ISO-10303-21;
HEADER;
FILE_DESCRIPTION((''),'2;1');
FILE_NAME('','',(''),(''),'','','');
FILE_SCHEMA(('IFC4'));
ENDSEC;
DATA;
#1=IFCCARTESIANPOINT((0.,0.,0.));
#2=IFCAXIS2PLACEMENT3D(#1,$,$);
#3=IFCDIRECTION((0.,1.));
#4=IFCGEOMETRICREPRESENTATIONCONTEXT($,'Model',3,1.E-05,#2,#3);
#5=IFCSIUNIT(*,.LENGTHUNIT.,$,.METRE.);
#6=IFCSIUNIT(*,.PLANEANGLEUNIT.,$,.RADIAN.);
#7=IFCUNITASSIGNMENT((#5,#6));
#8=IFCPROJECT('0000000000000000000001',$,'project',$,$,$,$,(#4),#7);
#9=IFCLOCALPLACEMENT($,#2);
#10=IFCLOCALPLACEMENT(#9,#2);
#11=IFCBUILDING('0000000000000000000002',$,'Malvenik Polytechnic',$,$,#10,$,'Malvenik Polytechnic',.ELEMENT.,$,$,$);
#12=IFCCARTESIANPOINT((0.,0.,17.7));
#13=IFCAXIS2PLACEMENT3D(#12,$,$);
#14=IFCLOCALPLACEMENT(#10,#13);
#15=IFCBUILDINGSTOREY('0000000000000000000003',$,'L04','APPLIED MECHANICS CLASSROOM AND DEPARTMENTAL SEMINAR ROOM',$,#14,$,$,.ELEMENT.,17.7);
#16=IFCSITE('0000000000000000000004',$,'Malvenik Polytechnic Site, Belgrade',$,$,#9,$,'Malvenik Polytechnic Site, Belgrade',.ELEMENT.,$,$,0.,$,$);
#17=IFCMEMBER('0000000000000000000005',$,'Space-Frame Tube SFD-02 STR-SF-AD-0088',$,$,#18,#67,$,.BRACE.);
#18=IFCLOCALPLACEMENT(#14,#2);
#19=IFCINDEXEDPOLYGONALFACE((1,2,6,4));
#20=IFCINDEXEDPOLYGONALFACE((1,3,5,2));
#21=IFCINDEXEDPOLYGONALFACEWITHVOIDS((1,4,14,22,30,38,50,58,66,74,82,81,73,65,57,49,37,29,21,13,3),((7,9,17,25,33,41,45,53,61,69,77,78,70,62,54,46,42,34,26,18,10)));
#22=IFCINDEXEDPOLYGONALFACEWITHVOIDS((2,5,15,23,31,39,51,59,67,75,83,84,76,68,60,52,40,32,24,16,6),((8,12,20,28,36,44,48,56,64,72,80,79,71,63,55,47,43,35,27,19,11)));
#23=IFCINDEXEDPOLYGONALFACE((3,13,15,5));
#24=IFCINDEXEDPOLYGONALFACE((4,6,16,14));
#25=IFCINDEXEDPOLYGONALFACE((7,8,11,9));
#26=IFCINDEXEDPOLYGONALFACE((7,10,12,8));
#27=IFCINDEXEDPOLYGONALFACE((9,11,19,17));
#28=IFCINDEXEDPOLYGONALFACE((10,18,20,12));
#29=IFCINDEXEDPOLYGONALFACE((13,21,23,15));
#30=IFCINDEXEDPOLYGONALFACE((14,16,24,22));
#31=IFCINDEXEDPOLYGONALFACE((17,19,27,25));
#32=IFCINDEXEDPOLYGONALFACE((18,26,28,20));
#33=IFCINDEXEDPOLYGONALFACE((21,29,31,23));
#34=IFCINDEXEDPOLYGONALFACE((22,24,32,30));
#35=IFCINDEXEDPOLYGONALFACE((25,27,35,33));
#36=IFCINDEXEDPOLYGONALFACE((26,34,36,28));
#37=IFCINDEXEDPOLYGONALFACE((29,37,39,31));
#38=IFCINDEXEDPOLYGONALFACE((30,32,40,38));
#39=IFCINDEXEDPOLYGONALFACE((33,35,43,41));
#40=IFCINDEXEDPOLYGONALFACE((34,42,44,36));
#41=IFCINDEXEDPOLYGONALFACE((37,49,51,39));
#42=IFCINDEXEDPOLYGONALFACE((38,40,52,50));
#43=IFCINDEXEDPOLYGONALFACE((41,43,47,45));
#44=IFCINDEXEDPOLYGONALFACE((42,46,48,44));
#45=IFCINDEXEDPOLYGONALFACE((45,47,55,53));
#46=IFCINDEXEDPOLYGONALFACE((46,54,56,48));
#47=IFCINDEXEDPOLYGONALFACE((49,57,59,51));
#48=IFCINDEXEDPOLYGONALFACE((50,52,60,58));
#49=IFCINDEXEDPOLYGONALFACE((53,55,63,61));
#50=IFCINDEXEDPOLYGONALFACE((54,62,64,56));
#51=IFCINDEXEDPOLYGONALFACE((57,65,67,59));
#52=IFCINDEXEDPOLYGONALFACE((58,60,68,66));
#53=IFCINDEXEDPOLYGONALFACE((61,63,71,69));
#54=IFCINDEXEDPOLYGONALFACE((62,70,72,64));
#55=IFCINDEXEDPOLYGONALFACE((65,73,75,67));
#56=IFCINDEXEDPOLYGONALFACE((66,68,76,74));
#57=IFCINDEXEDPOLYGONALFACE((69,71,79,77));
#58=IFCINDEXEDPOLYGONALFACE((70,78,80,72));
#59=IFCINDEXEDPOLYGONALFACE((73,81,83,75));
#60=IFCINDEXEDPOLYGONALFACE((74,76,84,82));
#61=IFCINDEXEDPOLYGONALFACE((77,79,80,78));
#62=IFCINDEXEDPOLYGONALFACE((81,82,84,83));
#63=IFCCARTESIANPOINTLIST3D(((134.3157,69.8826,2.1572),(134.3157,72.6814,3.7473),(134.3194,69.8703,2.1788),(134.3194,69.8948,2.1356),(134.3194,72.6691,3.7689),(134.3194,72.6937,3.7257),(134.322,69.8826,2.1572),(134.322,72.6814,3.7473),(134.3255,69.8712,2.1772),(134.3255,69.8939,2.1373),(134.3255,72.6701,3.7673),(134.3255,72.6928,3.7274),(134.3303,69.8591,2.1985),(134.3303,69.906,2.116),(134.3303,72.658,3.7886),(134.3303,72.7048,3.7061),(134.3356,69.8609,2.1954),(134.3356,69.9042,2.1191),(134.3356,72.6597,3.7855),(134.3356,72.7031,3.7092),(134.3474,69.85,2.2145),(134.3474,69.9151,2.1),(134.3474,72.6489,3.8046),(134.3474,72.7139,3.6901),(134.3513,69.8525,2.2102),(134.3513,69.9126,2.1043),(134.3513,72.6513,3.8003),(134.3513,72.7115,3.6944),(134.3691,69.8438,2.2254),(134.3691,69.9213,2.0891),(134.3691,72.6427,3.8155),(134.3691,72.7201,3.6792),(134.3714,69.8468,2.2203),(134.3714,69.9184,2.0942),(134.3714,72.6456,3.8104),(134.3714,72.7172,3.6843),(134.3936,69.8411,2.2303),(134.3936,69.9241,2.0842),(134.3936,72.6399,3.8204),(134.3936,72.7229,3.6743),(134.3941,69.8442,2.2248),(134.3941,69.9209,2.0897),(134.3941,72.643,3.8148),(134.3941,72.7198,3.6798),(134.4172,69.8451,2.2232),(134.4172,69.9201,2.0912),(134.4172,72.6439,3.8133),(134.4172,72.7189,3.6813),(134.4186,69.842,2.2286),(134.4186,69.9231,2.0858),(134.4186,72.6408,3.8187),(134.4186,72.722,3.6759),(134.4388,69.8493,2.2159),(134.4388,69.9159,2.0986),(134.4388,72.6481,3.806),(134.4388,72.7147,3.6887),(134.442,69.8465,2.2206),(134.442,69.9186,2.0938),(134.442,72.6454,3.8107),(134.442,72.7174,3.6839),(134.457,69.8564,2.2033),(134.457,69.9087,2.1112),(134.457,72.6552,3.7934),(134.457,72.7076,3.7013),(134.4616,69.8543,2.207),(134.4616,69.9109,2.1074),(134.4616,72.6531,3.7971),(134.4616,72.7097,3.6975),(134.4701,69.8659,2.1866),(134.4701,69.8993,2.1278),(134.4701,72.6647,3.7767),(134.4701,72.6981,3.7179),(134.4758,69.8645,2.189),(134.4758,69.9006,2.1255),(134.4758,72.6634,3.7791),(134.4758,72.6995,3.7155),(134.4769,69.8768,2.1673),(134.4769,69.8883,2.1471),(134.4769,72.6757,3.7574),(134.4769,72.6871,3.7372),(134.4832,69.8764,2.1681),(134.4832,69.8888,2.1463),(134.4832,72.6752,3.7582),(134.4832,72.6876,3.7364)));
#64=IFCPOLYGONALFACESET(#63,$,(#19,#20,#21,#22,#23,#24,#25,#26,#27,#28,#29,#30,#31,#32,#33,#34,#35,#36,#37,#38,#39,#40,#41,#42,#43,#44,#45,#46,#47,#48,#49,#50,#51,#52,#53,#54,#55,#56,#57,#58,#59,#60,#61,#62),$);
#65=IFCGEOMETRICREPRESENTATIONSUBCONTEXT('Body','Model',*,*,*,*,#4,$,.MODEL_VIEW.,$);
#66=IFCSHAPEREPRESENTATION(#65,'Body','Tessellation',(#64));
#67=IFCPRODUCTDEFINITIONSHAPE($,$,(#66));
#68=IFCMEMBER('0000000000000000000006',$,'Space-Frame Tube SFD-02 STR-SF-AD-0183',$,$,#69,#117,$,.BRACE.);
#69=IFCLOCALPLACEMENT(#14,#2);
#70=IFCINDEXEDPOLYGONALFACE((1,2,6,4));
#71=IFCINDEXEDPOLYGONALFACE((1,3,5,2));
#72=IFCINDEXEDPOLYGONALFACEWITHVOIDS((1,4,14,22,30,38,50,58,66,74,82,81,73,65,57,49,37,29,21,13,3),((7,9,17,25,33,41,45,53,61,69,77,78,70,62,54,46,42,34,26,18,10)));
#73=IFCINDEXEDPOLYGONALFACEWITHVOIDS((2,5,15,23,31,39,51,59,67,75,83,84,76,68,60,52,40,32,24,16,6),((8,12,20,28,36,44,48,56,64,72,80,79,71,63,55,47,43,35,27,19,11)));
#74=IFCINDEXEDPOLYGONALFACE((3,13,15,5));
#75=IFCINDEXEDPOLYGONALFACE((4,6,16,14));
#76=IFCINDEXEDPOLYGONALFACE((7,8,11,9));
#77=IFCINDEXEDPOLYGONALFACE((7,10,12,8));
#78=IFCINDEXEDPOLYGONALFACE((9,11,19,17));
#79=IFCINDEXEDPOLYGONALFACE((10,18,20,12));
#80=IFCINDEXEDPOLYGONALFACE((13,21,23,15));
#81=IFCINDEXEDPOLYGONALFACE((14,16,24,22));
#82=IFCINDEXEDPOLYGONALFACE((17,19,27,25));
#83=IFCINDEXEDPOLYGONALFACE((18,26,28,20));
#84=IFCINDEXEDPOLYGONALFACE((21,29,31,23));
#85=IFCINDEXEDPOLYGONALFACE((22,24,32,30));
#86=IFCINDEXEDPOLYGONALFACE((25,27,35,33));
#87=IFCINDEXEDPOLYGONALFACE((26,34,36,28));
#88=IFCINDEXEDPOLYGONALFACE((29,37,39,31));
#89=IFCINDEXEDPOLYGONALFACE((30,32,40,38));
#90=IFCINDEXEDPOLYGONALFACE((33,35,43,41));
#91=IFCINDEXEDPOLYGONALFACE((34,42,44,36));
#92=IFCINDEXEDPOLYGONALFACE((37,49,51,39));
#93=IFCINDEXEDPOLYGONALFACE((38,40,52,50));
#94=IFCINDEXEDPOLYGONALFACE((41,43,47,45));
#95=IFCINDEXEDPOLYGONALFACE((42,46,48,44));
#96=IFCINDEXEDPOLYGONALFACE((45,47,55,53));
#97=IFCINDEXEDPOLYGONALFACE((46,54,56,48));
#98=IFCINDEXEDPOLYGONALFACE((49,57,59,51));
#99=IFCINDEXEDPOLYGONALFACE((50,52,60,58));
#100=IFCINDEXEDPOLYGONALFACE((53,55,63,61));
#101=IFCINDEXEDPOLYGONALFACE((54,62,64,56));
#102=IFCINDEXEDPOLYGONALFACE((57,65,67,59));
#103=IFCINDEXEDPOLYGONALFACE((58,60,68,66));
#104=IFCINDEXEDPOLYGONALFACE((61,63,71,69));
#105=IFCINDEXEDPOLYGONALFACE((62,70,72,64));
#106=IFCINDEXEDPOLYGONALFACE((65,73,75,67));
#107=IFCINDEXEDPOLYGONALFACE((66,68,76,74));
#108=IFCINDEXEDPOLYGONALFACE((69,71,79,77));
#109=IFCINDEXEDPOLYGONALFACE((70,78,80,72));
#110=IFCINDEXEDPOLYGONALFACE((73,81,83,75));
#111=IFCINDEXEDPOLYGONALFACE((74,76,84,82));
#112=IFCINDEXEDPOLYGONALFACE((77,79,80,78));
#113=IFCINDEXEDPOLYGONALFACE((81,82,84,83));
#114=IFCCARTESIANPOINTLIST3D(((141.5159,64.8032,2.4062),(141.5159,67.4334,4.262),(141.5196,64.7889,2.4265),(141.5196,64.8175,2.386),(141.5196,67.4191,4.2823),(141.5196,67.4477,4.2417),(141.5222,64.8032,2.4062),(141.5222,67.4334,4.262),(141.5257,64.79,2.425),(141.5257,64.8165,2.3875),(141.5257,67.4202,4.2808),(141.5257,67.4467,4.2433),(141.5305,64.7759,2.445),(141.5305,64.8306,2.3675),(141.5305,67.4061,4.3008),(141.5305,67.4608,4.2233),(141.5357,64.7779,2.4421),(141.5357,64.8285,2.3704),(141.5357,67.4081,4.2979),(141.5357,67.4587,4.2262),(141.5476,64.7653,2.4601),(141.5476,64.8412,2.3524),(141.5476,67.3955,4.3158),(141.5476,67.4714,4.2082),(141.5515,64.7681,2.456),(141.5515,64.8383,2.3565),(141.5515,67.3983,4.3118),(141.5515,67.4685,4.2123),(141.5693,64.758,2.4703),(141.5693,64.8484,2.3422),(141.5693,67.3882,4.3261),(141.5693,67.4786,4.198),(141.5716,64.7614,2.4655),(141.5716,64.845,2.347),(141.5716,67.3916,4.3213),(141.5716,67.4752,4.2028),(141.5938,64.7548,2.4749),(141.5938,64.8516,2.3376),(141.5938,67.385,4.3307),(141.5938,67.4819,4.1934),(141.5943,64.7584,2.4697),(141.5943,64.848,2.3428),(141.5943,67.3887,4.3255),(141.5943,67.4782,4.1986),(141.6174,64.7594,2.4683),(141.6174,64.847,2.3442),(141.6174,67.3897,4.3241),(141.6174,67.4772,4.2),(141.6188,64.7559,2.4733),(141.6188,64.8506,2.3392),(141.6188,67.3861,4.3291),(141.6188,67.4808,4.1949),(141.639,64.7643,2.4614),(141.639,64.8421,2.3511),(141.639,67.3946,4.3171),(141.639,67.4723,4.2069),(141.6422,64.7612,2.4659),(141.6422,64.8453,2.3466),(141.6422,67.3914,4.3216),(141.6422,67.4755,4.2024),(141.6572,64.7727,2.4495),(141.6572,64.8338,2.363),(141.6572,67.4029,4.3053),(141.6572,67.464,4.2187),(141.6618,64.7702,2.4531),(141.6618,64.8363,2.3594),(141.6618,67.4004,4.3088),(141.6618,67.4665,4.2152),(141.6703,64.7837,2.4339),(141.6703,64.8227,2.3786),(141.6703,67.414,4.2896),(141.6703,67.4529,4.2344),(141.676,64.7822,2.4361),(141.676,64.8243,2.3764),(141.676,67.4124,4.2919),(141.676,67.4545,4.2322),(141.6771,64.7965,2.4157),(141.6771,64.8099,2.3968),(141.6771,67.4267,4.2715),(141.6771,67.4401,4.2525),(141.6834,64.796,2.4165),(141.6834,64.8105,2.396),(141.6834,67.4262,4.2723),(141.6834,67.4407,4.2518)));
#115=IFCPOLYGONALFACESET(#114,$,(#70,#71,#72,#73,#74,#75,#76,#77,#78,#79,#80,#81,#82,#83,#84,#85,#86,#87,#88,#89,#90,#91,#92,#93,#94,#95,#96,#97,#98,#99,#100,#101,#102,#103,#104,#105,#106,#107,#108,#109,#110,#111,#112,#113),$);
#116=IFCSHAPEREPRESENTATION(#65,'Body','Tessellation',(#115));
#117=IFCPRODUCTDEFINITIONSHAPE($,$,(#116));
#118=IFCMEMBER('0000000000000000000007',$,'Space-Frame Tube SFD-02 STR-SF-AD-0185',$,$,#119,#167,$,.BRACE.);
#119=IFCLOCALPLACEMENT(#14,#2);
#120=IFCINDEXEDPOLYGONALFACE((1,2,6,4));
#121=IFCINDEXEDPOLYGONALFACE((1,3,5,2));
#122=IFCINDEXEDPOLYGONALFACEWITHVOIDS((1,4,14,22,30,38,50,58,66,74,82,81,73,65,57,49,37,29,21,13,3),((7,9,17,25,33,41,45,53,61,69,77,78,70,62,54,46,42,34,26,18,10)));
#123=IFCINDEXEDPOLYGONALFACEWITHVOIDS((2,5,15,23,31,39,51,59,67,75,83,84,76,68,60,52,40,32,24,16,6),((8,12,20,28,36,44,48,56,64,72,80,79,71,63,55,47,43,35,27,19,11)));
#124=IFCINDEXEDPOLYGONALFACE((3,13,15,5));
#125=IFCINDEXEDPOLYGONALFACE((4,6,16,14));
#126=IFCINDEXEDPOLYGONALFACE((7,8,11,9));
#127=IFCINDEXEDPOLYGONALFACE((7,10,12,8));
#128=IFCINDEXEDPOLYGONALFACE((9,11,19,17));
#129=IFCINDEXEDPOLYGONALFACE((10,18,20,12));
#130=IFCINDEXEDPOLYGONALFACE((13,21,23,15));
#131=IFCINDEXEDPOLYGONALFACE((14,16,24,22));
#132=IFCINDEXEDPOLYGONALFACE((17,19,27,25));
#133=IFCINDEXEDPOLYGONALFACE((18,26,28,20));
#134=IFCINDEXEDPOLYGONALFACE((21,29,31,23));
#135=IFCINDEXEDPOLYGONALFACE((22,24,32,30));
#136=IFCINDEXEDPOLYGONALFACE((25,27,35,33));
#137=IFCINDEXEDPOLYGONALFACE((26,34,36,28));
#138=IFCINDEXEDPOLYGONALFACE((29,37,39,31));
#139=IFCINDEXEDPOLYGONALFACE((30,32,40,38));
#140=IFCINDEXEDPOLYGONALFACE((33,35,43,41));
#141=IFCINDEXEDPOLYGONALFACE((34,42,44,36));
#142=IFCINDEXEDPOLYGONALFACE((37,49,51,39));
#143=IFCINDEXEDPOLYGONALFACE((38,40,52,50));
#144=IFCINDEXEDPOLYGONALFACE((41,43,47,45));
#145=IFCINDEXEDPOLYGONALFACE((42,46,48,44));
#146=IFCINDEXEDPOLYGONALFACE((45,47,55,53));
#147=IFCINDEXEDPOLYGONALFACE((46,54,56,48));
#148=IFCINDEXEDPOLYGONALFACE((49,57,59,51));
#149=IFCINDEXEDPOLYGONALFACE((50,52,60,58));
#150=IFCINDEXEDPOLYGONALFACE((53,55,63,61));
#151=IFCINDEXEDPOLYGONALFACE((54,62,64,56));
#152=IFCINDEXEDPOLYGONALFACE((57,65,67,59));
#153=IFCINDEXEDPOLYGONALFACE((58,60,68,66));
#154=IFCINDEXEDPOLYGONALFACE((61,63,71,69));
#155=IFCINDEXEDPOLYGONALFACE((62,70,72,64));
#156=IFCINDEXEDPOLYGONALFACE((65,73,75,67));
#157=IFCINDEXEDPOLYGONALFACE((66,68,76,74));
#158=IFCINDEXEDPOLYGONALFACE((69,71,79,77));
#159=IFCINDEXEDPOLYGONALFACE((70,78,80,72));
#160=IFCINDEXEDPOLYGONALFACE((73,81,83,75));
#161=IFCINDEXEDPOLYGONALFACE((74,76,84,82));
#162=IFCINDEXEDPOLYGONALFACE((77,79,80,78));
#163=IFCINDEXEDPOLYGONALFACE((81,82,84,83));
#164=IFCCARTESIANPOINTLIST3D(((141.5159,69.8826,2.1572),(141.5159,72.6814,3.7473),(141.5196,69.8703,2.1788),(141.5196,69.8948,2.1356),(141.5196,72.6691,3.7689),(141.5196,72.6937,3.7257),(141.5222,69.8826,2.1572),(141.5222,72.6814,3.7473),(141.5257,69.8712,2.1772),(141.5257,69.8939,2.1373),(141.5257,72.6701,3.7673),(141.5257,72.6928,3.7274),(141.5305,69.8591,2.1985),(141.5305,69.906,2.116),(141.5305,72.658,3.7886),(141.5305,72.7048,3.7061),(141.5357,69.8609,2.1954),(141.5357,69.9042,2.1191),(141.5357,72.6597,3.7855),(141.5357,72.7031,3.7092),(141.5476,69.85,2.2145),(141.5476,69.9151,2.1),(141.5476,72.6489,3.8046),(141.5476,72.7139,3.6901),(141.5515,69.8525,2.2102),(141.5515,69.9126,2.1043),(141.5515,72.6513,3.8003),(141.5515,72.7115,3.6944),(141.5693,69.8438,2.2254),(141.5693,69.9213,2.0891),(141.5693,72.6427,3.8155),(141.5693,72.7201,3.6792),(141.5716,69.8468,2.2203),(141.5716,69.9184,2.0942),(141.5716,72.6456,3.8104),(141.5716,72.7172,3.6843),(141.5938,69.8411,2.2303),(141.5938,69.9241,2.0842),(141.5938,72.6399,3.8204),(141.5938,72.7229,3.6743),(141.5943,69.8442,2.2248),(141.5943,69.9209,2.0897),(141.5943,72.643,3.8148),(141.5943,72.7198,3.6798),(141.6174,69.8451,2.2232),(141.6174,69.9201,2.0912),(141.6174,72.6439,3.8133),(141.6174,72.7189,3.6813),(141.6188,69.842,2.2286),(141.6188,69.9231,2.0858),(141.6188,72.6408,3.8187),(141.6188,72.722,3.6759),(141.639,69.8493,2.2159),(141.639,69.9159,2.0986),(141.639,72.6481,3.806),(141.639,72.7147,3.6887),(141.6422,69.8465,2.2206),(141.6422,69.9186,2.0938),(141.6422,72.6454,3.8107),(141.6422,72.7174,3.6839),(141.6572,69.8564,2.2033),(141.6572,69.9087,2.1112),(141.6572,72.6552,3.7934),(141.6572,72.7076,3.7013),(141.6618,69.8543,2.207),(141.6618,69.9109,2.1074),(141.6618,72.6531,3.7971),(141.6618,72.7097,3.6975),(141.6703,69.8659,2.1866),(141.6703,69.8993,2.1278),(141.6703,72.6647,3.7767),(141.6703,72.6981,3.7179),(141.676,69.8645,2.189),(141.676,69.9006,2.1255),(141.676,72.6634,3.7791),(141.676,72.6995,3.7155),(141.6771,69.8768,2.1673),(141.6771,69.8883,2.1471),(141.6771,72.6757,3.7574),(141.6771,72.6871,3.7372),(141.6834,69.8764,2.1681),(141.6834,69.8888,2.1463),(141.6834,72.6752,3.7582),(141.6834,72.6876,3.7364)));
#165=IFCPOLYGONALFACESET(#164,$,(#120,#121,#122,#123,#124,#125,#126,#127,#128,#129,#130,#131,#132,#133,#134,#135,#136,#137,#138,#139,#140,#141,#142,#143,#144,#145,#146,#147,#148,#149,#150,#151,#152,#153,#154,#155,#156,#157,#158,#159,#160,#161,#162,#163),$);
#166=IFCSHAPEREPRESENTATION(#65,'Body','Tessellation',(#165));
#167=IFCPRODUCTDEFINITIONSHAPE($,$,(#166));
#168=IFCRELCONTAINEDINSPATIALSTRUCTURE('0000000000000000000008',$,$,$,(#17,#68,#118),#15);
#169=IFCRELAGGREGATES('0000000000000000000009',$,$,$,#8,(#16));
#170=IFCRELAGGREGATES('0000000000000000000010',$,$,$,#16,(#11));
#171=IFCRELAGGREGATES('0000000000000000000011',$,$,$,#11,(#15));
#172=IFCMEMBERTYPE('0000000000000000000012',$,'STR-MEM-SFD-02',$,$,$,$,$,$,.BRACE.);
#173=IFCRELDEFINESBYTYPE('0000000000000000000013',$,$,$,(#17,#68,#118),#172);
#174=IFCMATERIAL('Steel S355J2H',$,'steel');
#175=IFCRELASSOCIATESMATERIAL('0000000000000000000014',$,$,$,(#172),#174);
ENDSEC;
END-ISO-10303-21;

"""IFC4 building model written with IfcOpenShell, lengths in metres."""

from ifc_helpers import new_model, si_unit, direction, frame, origin, origin_2d, place, context, subcontext, project, spatial, hollow_circle, extrude, material, material_profile, profile_set, type_object, element, save


model = new_model("IFC4")

# Units and contexts
model_context = context("Model", 3, precision=1e-05, world=origin(), true_north=direction((0.0, 1.0)))
body_context = subcontext(model_context, "Body", "Model", "MODEL_VIEW")
ifc_project = project(units=[si_unit("LENGTHUNIT", "METRE"), si_unit("PLANEANGLEUNIT", "RADIAN")], contexts=[model_context])

# Site, building, storey
site_placement = place(None, origin())
site = spatial("IfcSite", under=ifc_project, at=site_placement, Name="Malvenik Polytechnic Site, Belgrade", LongName="Malvenik Polytechnic Site, Belgrade", CompositionType="ELEMENT", RefElevation=0.0)
building_placement = place(site_placement, origin())
building = spatial("IfcBuilding", under=site, at=building_placement, Name="Malvenik Polytechnic", LongName="Malvenik Polytechnic", CompositionType="ELEMENT")
storey_placement = place(building_placement, frame((0.0, 0.0, 17.7)))
storey = spatial("IfcBuildingStorey", under=building, at=storey_placement, Name="L04", Description="APPLIED MECHANICS CLASSROOM AND DEPARTMENTAL SEMINAR ROOM", CompositionType="ELEMENT", Elevation=17.7)

# Members
ifc_material = material(Name="Steel S355J2H", Category="steel")
ifc_material_profile_1 = material_profile(ifc_material, hollow_circle(Radius=0.0842, WallThickness=0.0063, at=origin_2d()), Name="CHS 168.3x6.3")
ifc_profile_set_1 = profile_set([ifc_material_profile_1], Name="Steel S355J2H")
member_type_1 = type_object("IfcMemberType", Name="STR-MEM-SFD-02", PredefinedType="BRACE", material=ifc_profile_set_1)
for number, where, z_axis, x_axis, name in (
    (1, (134.3999, 69.8826, 2.1572), (0.0, 0.869477, 0.493973), (-1.0, 0.0, 0.0), "Space-Frame Tube SFD-02 STR-SF-AD-0088"),
    (2, (141.6001, 64.8032, 2.4062), (0.0, 0.817092, 0.576507), (-1.0, 0.0, 0.0), "Space-Frame Tube SFD-02 STR-SF-AD-0183"),
    (3, (141.6001, 69.8826, 2.1572), (0.0, 0.869477, 0.493973), (-1.0, 0.0, 0.0), "Space-Frame Tube SFD-02 STR-SF-AD-0185"),
):
    element("IfcMember", number, at=place(storey_placement, frame(where, z_axis=z_axis, x_axis=x_axis)), inside=storey, type_object=member_type_1, Name=name, PredefinedType="BRACE", context=body_context, shape_type="SweptSolid", body=[
        extrude(hollow_circle(Radius=0.0842, WallThickness=0.0063, at=origin_2d()), origin(), (0.0, 0.0, 1.0), 3.219),
    ])

save(model, "model.ifc")
